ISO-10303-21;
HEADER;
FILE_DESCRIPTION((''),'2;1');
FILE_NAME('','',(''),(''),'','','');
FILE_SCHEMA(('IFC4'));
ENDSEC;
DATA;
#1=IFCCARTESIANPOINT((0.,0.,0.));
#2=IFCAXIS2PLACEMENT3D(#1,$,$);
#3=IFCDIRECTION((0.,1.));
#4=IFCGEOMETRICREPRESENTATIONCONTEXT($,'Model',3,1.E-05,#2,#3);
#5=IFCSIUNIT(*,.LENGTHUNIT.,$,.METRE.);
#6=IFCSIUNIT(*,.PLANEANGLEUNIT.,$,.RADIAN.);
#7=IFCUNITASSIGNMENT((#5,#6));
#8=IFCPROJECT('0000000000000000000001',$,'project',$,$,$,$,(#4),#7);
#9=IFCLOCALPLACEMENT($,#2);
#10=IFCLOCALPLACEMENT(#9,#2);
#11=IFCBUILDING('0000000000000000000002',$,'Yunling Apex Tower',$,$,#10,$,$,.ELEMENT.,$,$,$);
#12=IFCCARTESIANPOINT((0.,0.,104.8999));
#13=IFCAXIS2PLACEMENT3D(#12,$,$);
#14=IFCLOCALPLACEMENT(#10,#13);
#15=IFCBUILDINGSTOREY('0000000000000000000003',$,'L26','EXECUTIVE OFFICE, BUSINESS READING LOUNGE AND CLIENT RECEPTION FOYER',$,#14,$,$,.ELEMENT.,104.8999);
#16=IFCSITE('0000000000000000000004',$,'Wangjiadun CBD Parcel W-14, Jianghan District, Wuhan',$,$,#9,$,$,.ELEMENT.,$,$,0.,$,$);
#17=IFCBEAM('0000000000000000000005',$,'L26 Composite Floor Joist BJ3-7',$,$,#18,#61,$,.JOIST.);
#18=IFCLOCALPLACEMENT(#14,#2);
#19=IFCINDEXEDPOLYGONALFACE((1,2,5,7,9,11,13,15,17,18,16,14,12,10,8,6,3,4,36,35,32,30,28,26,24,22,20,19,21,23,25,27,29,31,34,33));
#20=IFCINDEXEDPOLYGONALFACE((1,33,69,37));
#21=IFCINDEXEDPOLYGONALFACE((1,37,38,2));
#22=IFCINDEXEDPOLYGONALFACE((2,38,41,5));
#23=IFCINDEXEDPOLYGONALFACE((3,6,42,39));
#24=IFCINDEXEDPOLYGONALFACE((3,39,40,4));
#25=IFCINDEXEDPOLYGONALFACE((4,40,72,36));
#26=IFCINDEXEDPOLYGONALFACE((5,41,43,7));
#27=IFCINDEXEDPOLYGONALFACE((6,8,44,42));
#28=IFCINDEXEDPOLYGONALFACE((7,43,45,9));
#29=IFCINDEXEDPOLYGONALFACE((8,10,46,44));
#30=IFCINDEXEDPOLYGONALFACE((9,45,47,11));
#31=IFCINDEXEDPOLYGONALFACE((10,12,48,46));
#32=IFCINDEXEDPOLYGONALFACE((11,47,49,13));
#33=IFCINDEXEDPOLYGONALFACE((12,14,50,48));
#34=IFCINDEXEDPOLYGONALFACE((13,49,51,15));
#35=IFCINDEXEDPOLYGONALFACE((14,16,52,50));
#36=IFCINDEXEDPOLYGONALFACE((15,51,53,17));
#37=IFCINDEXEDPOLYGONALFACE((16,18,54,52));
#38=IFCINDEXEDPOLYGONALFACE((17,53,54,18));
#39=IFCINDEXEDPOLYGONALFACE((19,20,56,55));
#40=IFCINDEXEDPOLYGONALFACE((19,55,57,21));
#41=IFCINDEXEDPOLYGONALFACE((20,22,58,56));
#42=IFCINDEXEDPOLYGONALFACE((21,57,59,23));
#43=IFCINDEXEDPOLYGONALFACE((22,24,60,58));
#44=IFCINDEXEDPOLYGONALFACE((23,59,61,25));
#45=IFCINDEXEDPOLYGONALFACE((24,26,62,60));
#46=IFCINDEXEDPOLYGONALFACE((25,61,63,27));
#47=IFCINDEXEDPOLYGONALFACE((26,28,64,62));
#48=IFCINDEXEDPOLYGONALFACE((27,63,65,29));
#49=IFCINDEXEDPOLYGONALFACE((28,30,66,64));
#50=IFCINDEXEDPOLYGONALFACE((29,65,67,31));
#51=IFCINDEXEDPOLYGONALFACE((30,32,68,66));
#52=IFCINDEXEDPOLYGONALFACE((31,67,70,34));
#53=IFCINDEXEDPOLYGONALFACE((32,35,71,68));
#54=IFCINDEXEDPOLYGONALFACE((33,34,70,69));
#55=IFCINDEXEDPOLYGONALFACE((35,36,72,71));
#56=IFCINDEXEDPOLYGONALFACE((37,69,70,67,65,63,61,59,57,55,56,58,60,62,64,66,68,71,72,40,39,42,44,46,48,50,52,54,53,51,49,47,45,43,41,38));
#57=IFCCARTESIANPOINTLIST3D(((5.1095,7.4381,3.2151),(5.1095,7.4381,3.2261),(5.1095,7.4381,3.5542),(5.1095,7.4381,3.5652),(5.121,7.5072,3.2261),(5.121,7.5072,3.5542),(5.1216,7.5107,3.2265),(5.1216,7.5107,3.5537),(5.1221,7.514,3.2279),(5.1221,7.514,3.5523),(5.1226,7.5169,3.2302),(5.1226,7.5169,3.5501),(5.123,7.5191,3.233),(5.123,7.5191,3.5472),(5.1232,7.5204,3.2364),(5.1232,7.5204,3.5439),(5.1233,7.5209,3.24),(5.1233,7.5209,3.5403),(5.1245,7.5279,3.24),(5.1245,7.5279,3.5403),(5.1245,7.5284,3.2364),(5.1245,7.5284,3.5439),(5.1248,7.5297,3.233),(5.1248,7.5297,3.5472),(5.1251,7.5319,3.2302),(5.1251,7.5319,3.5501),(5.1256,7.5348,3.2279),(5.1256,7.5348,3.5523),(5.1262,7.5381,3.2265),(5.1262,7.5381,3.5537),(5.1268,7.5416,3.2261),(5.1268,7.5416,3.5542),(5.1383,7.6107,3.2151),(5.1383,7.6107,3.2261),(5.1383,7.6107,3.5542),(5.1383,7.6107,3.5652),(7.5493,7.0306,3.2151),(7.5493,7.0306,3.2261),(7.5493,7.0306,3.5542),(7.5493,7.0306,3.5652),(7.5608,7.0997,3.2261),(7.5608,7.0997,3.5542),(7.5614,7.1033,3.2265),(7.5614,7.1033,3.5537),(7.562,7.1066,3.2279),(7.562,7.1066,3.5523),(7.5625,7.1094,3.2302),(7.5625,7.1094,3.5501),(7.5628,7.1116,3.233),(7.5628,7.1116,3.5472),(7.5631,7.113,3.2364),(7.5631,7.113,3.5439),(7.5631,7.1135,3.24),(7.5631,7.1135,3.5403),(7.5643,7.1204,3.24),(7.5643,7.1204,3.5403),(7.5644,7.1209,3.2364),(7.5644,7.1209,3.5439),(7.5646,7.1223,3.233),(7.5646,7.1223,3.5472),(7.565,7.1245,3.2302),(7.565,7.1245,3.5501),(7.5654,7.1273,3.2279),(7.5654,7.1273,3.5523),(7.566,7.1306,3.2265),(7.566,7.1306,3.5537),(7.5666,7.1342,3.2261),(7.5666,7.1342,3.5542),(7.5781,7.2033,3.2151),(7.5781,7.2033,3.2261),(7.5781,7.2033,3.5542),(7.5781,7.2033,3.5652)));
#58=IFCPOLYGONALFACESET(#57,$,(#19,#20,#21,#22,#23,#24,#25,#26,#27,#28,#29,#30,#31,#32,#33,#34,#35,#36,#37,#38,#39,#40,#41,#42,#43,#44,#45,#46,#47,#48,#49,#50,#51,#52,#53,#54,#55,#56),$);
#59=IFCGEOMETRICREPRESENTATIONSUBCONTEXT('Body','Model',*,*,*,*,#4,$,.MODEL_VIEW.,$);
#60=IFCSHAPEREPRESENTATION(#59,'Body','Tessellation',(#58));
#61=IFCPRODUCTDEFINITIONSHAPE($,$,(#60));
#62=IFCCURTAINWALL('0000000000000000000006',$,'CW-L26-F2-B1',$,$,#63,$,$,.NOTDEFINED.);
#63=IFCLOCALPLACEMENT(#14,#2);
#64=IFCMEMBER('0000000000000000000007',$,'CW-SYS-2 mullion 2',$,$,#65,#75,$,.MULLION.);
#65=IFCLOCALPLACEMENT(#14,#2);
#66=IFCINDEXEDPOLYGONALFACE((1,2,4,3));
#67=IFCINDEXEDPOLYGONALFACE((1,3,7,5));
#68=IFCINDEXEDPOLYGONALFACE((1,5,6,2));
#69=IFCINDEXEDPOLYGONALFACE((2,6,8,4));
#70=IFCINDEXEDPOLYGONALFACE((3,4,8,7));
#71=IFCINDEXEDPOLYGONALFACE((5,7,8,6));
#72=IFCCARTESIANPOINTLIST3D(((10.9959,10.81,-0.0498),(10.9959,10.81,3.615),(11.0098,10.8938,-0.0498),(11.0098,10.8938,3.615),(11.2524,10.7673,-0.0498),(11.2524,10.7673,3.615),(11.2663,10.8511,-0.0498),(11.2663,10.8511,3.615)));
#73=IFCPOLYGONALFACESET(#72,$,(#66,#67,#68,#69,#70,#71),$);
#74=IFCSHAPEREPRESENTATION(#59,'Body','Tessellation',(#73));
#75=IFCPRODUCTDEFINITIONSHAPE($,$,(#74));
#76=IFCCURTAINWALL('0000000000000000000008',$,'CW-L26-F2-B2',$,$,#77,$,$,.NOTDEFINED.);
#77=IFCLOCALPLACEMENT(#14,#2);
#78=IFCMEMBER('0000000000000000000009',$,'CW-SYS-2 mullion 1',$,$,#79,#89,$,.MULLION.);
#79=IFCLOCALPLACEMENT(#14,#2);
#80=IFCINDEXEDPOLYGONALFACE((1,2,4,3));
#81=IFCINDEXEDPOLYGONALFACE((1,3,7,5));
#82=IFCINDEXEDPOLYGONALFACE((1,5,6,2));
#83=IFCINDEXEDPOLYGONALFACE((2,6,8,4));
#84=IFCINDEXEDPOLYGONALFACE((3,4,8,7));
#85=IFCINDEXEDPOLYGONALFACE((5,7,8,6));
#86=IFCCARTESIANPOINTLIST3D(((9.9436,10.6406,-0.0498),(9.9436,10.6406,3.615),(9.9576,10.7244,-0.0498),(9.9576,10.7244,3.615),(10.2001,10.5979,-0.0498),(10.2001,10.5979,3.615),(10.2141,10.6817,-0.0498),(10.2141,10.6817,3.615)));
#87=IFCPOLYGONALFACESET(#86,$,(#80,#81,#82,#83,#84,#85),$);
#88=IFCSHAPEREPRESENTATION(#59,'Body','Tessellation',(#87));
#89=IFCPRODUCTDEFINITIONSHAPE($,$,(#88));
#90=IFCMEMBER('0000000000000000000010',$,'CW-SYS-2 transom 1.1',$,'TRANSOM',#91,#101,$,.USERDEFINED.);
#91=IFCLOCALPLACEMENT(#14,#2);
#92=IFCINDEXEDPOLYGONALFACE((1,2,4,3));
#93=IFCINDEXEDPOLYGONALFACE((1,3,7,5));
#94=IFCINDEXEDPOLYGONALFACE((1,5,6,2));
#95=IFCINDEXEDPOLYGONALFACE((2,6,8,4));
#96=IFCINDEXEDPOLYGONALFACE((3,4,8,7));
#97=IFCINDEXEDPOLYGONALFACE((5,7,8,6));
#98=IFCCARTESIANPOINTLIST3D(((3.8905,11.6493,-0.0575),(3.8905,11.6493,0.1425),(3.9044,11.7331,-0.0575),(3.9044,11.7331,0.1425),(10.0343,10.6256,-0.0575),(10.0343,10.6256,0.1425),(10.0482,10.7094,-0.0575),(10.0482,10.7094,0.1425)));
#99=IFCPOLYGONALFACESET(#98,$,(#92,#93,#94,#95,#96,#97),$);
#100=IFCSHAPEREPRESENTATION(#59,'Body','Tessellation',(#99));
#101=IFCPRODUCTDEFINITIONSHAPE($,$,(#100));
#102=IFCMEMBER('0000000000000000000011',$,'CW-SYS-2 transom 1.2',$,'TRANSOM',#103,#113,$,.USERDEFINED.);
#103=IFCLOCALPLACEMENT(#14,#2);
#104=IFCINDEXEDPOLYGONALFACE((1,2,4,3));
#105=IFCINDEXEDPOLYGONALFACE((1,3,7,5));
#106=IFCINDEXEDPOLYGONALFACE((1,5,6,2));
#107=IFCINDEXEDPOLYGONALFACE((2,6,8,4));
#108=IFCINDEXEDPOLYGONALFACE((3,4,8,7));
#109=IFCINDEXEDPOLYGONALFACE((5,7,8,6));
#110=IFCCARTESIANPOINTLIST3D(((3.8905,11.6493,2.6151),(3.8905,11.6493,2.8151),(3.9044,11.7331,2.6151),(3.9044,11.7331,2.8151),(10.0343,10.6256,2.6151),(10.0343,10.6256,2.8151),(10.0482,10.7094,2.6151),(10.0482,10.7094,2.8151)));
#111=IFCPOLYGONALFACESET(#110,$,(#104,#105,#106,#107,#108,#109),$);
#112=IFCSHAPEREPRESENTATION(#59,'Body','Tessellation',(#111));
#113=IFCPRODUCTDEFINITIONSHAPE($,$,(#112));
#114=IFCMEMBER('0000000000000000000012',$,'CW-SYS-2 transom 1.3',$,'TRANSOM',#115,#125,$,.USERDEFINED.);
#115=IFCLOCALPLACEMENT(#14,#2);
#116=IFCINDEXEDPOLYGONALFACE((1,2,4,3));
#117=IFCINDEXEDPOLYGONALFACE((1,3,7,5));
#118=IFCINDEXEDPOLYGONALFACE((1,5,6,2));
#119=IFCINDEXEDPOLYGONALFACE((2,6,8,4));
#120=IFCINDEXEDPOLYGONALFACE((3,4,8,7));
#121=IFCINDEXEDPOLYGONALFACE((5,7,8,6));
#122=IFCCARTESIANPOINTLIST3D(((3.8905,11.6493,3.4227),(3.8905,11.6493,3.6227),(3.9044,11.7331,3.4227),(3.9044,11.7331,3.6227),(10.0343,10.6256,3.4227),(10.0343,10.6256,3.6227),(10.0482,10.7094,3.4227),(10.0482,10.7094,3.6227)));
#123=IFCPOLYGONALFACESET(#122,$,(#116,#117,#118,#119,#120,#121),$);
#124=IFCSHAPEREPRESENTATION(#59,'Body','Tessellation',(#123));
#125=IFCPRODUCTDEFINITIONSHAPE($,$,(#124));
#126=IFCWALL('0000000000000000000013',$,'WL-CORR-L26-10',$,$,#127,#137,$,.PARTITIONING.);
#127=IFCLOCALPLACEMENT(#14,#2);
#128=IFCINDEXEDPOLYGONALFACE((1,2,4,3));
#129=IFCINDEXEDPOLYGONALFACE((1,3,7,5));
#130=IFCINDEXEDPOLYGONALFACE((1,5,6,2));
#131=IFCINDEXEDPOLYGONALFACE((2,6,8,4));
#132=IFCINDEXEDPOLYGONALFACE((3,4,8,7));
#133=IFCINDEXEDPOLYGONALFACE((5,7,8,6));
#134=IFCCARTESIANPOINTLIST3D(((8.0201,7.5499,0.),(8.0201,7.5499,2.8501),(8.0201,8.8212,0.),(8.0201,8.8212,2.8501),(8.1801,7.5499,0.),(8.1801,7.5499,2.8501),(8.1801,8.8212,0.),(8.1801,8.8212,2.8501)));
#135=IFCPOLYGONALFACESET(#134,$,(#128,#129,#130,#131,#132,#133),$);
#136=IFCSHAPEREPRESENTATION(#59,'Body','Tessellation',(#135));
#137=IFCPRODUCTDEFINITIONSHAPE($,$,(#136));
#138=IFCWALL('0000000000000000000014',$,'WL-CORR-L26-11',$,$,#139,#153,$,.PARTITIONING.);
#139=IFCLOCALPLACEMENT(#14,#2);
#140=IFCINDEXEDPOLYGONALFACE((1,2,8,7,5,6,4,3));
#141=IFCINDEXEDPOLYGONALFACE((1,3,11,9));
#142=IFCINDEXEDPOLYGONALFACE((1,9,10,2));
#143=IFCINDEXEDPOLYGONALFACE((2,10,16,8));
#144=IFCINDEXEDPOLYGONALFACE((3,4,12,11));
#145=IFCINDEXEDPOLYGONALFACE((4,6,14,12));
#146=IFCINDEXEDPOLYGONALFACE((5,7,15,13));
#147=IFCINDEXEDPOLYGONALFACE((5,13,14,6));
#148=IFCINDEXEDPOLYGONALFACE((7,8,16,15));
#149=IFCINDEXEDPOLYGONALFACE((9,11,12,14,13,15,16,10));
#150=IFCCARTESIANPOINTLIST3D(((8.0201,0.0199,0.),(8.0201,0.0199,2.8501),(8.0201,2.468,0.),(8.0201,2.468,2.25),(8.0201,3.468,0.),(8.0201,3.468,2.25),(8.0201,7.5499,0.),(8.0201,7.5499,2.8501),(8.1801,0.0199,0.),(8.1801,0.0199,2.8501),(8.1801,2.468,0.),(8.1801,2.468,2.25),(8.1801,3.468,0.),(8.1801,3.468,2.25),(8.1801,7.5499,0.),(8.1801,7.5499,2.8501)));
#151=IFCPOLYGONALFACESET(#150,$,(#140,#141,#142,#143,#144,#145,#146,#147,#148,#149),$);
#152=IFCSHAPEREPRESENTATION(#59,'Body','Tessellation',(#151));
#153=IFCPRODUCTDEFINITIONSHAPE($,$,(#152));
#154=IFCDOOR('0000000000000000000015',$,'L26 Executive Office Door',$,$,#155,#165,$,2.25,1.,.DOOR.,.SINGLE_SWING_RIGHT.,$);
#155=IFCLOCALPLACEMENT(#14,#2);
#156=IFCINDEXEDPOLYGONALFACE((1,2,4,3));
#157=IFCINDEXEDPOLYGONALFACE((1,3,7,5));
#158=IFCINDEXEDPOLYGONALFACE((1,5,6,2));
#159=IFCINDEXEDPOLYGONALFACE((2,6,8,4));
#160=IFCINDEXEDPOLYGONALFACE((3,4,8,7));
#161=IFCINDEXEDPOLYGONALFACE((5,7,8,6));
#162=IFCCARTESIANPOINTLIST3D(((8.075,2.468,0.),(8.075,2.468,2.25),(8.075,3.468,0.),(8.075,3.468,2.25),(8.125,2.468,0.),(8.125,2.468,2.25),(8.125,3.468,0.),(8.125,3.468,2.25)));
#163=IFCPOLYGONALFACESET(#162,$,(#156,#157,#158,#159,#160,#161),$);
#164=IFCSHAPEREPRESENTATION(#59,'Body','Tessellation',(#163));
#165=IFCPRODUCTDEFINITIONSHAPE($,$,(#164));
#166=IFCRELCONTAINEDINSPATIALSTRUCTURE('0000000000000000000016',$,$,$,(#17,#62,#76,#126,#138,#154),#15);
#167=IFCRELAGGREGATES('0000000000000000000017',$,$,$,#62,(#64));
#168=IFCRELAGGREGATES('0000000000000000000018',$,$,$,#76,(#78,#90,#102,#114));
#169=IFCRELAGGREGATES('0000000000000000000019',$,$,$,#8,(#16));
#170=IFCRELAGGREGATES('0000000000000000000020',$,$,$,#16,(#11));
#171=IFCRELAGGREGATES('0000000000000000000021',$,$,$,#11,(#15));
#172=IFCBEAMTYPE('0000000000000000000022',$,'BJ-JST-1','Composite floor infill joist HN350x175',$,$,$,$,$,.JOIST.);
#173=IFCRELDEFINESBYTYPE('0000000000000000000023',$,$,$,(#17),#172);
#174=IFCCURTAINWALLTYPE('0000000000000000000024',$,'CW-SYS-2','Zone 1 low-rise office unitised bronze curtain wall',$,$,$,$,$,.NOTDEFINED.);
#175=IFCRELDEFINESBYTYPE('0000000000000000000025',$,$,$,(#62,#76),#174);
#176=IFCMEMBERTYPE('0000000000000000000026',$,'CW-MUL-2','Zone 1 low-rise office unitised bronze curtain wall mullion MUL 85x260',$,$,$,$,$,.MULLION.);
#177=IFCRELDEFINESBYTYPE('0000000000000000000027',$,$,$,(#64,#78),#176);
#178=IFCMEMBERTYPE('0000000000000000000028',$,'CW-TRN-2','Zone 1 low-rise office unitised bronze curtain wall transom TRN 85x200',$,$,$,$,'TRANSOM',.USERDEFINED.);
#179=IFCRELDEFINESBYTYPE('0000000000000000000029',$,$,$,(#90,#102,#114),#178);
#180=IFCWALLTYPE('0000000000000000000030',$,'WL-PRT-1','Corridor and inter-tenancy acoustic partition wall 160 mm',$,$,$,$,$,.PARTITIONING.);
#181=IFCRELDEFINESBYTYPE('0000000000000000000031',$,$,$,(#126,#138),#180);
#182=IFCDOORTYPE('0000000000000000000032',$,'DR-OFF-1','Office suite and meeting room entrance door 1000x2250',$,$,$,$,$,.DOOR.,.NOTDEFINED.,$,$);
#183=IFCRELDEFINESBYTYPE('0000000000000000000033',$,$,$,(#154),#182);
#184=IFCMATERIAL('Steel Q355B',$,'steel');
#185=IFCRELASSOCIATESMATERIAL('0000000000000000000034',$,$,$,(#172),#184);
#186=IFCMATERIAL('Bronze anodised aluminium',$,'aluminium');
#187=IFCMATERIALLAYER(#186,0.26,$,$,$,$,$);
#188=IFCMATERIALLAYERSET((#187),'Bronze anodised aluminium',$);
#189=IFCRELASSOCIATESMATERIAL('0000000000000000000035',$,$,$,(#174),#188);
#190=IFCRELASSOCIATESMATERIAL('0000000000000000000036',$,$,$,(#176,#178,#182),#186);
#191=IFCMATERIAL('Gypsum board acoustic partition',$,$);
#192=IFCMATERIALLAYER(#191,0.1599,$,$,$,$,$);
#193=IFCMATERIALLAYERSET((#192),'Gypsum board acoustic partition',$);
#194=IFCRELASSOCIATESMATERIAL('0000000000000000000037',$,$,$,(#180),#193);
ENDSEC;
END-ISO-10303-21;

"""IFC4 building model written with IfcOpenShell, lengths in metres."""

from ifc_helpers import new_model, si_unit, direction, frame, frame_2d, origin, origin_2d, place, context, subcontext, project, spatial, rectangle, i_section, extrude, source, transform, mapped, material, layer, layer_set, material_profile, profile_set, type_object, element, fill, aggregate, save


model = new_model("IFC4")

# Units and contexts
model_context = context("Model", 3, precision=1e-05, world=origin(), true_north=direction((0.0, 1.0)))
body_context = subcontext(model_context, "Body", "Model", "MODEL_VIEW")
ifc_project = project(units=[si_unit("LENGTHUNIT", "METRE"), si_unit("PLANEANGLEUNIT", "RADIAN")], contexts=[model_context])

# Site, building, storey
site_placement = place(None, origin())
site = spatial("IfcSite", under=ifc_project, at=site_placement, Name="Wangjiadun CBD Parcel W-14, Jianghan District, Wuhan", CompositionType="ELEMENT", RefElevation=0.0)
building_placement = place(site_placement, origin())
building = spatial("IfcBuilding", under=site, at=building_placement, Name="Yunling Apex Tower", CompositionType="ELEMENT")
storey_placement = place(building_placement, frame((0.0, 0.0, 104.8999)))
storey = spatial("IfcBuildingStorey", under=building, at=storey_placement, Name="L26", Description="EXECUTIVE OFFICE, BUSINESS READING LOUNGE AND CLIENT RECEPTION FOYER", CompositionType="ELEMENT", Elevation=104.8999)

# Beam
ifc_material_1 = material(Name="Steel Q355B", Category="steel")
ifc_material_profile_1 = material_profile(ifc_material_1, i_section(OverallWidth=0.175, OverallDepth=0.3501, WebThickness=0.0071, FlangeThickness=0.011, FilletRadius=0.0139, at=origin_2d()))
ifc_profile_set_1 = profile_set([ifc_material_profile_1], Name="Steel Q355B")
beam_type_1 = type_object("IfcBeamType", Name="BJ-JST-1", Description="Composite floor infill joist HN350x175", PredefinedType="JOIST", material=ifc_profile_set_1)
shared_shape_1 = source(origin(), body_context, "Body", "SweptSolid", [
    extrude(i_section(OverallWidth=0.175, OverallDepth=0.3501, WebThickness=0.0071, FlangeThickness=0.011, FilletRadius=0.0139, at=origin_2d()), origin(), (0.0, 0.0, 1.0), 2.4736),
])
beam_1_placement = place(storey_placement, frame((7.5637, 7.1169, 3.3901), z_axis=(-0.986341, 0.164719, 0.0), x_axis=(-0.164719, -0.986341, 0.0)))
element("IfcBeam", 1, at=beam_1_placement, inside=storey, type_object=beam_type_1, Name="L26 Composite Floor Joist BJ3-7", PredefinedType="JOIST", context=body_context, shape_type="MappedRepresentation", body=[
    mapped(shared_shape_1, transform((0.0, 0.0, 0.0), scale=1.0)),
])

# Curtain wall, member
ifc_material_2 = material(Name="Bronze anodised aluminium", Category="aluminium")
ifc_layer_1 = layer(ifc_material_2, 0.26)
ifc_layer_set_1 = layer_set([ifc_layer_1], Name="Bronze anodised aluminium")
curtain_wall_type = type_object("IfcCurtainWallType", Name="CW-SYS-2", Description="Zone 1 low-rise office unitised bronze curtain wall", PredefinedType="NOTDEFINED", material=ifc_layer_set_1)
curtain_wall_1_placement = place(storey_placement, origin())
curtain_wall_1 = element("IfcCurtainWall", 2, at=curtain_wall_1_placement, inside=storey, type_object=curtain_wall_type, Name="CW-L26-F2-B1", PredefinedType="NOTDEFINED")
ifc_material_profile_2 = material_profile(ifc_material_2, rectangle(XDim=0.085, YDim=0.26, at=origin_2d()))
ifc_profile_set_2 = profile_set([ifc_material_profile_2], Name="Bronze anodised aluminium")
member_type_1 = type_object("IfcMemberType", Name="CW-MUL-2", Description="Zone 1 low-rise office unitised bronze curtain wall mullion MUL 85x260", PredefinedType="MULLION", material=ifc_profile_set_2)
shared_shape_2 = source(origin(), body_context, "Body", "SweptSolid", [
    extrude(rectangle(XDim=0.085, YDim=0.26, at=origin_2d()), origin(), (0.0, 0.0, 1.0), 3.6648),
])
member_1_placement = place(storey_placement, frame((11.1311, 10.8306, -0.0498), z_axis=(0.0, 0.0, 1.0), x_axis=(-0.16436, -0.9864, 0.0)))
member_1 = element("IfcMember", 3, at=member_1_placement, type_object=member_type_1, Name="CW-SYS-2 mullion 2", PredefinedType="MULLION", context=body_context, shape_type="MappedRepresentation", body=[
    mapped(shared_shape_2, transform((0.0, 0.0, 0.0), scale=1.0)),
])
aggregate(curtain_wall_1, [member_1])

# Curtain wall, members
curtain_wall_2_placement = place(storey_placement, origin())
curtain_wall_2 = element("IfcCurtainWall", 4, at=curtain_wall_2_placement, inside=storey, type_object=curtain_wall_type, Name="CW-L26-F2-B2", PredefinedType="NOTDEFINED")
member_2_placement = place(storey_placement, frame((10.0789, 10.6611, -0.0498), z_axis=(0.0, 0.0, 1.0), x_axis=(-0.164356, -0.986401, 0.0)))
member_2 = element("IfcMember", 5, at=member_2_placement, type_object=member_type_1, Name="CW-SYS-2 mullion 1", PredefinedType="MULLION", context=body_context, shape_type="MappedRepresentation", body=[
    mapped(shared_shape_2, transform((0.0, 0.0, 0.0), scale=1.0)),
])
ifc_material_profile_3 = material_profile(ifc_material_2, rectangle(XDim=0.085, YDim=0.2, at=origin_2d()))
ifc_profile_set_3 = profile_set([ifc_material_profile_3], Name="Bronze anodised aluminium")
member_type_2 = type_object("IfcMemberType", Name="CW-TRN-2", Description="Zone 1 low-rise office unitised bronze curtain wall transom TRN 85x200", ElementType="TRANSOM", PredefinedType="USERDEFINED", material=ifc_profile_set_3)
shared_shape_3 = source(origin(), body_context, "Body", "SweptSolid", [
    extrude(rectangle(XDim=0.085, YDim=0.2, at=origin_2d()), origin(), (0.0, 0.0, 1.0), 6.2285),
])
member_3_placement = place(storey_placement, frame((10.0413, 10.6675, 0.0425), z_axis=(-0.986401, 0.164354, 0.0), x_axis=(-0.164354, -0.986401, 0.0)))
member_3 = element("IfcMember", 6, at=member_3_placement, type_object=member_type_2, Name="CW-SYS-2 transom 1.1", ObjectType="TRANSOM", PredefinedType="USERDEFINED", context=body_context, shape_type="MappedRepresentation", body=[
    mapped(shared_shape_3, transform((0.0, 0.0, 0.0), scale=1.0)),
])
member_4_placement = place(storey_placement, frame((10.0413, 10.6675, 2.7151), z_axis=(-0.986401, 0.164354, 0.0), x_axis=(-0.164354, -0.986401, 0.0)))
member_4 = element("IfcMember", 7, at=member_4_placement, type_object=member_type_2, Name="CW-SYS-2 transom 1.2", ObjectType="TRANSOM", PredefinedType="USERDEFINED", context=body_context, shape_type="MappedRepresentation", body=[
    mapped(shared_shape_3, transform((0.0, 0.0, 0.0), scale=1.0)),
])
member_5_placement = place(storey_placement, frame((10.0413, 10.6675, 3.5227), z_axis=(-0.986401, 0.164354, 0.0), x_axis=(-0.164354, -0.986401, 0.0)))
member_5 = element("IfcMember", 8, at=member_5_placement, type_object=member_type_2, Name="CW-SYS-2 transom 1.3", ObjectType="TRANSOM", PredefinedType="USERDEFINED", context=body_context, shape_type="MappedRepresentation", body=[
    mapped(shared_shape_3, transform((0.0, 0.0, 0.0), scale=1.0)),
])
aggregate(curtain_wall_2, [member_2, member_3, member_4, member_5])

# Wall
ifc_material_3 = material(Name="Gypsum board acoustic partition")
ifc_layer_2 = layer(ifc_material_3, 0.1599)
ifc_layer_set_2 = layer_set([ifc_layer_2], Name="Gypsum board acoustic partition")
wall_type_1 = type_object("IfcWallType", Name="WL-PRT-1", Description="Corridor and inter-tenancy acoustic partition wall 160 mm", PredefinedType="PARTITIONING", material=ifc_layer_set_2)
wall_1_placement = place(storey_placement, frame((8.1001, 8.8213, 0.0), z_axis=(0.0, 0.0, 1.0), x_axis=(0.0, -1.0, 0.0)))
element("IfcWall", 9, at=wall_1_placement, inside=storey, type_object=wall_type_1, Name="WL-CORR-L26-10", PredefinedType="PARTITIONING", context=body_context, shape_type="SweptSolid", body=[
    extrude(rectangle(XDim=1.2712, YDim=0.1599, at=frame_2d((0.6357, 0.0))), origin(), (0.0, 0.0, 1.0), 2.8501),
])

# Wall, opening, door
wall_2_placement = place(storey_placement, frame((8.1001, 7.55, 0.0), z_axis=(0.0, 0.0, 1.0), x_axis=(0.0, -1.0, 0.0)))
wall_2 = element("IfcWall", 10, at=wall_2_placement, inside=storey, type_object=wall_type_1, Name="WL-CORR-L26-11", PredefinedType="PARTITIONING", context=body_context, shape_type="SweptSolid", body=[
    extrude(rectangle(XDim=7.53, YDim=0.1599, at=frame_2d((3.7651, 0.0))), origin(), (0.0, 0.0, 1.0), 2.8501),
])
opening_1_placement = place(wall_2_placement, frame((4.082, 0.0, 0.0)))
opening_1 = element("IfcOpeningElement", 11, at=opening_1_placement, cuts=wall_2, PredefinedType="OPENING", context=body_context, shape_type="SweptSolid", body=[
    extrude(rectangle(XDim=1.0, YDim=2.25, at=frame_2d((0.5, 1.125))), frame((0.0, 0.0898, 0.0), z_axis=(0.0, -1.0, 0.0), x_axis=(1.0, 0.0, 0.0)), (0.0, 0.0, 1.0), 0.1799),
])
door_type = type_object("IfcDoorType", Name="DR-OFF-1", Description="Office suite and meeting room entrance door 1000x2250", OperationType="NOTDEFINED", PredefinedType="DOOR", material=ifc_material_2)
door_1_placement = place(opening_1_placement, origin())
door_1 = element("IfcDoor", 12, at=door_1_placement, inside=storey, type_object=door_type, Name="L26 Executive Office Door", OperationType="SINGLE_SWING_RIGHT", OverallHeight=2.25, OverallWidth=1.0, PredefinedType="DOOR", context=body_context, shape_type="SweptSolid", body=[
    extrude(rectangle(XDim=1.0, YDim=2.25, at=frame_2d((0.5, 1.125))), frame((0.0, 0.0249, 0.0), z_axis=(0.0, -1.0, 0.0), x_axis=(1.0, 0.0, 0.0)), (0.0, 0.0, 1.0), 0.05),
])
fill(opening_1, door_1)

save(model, "model.ifc")
